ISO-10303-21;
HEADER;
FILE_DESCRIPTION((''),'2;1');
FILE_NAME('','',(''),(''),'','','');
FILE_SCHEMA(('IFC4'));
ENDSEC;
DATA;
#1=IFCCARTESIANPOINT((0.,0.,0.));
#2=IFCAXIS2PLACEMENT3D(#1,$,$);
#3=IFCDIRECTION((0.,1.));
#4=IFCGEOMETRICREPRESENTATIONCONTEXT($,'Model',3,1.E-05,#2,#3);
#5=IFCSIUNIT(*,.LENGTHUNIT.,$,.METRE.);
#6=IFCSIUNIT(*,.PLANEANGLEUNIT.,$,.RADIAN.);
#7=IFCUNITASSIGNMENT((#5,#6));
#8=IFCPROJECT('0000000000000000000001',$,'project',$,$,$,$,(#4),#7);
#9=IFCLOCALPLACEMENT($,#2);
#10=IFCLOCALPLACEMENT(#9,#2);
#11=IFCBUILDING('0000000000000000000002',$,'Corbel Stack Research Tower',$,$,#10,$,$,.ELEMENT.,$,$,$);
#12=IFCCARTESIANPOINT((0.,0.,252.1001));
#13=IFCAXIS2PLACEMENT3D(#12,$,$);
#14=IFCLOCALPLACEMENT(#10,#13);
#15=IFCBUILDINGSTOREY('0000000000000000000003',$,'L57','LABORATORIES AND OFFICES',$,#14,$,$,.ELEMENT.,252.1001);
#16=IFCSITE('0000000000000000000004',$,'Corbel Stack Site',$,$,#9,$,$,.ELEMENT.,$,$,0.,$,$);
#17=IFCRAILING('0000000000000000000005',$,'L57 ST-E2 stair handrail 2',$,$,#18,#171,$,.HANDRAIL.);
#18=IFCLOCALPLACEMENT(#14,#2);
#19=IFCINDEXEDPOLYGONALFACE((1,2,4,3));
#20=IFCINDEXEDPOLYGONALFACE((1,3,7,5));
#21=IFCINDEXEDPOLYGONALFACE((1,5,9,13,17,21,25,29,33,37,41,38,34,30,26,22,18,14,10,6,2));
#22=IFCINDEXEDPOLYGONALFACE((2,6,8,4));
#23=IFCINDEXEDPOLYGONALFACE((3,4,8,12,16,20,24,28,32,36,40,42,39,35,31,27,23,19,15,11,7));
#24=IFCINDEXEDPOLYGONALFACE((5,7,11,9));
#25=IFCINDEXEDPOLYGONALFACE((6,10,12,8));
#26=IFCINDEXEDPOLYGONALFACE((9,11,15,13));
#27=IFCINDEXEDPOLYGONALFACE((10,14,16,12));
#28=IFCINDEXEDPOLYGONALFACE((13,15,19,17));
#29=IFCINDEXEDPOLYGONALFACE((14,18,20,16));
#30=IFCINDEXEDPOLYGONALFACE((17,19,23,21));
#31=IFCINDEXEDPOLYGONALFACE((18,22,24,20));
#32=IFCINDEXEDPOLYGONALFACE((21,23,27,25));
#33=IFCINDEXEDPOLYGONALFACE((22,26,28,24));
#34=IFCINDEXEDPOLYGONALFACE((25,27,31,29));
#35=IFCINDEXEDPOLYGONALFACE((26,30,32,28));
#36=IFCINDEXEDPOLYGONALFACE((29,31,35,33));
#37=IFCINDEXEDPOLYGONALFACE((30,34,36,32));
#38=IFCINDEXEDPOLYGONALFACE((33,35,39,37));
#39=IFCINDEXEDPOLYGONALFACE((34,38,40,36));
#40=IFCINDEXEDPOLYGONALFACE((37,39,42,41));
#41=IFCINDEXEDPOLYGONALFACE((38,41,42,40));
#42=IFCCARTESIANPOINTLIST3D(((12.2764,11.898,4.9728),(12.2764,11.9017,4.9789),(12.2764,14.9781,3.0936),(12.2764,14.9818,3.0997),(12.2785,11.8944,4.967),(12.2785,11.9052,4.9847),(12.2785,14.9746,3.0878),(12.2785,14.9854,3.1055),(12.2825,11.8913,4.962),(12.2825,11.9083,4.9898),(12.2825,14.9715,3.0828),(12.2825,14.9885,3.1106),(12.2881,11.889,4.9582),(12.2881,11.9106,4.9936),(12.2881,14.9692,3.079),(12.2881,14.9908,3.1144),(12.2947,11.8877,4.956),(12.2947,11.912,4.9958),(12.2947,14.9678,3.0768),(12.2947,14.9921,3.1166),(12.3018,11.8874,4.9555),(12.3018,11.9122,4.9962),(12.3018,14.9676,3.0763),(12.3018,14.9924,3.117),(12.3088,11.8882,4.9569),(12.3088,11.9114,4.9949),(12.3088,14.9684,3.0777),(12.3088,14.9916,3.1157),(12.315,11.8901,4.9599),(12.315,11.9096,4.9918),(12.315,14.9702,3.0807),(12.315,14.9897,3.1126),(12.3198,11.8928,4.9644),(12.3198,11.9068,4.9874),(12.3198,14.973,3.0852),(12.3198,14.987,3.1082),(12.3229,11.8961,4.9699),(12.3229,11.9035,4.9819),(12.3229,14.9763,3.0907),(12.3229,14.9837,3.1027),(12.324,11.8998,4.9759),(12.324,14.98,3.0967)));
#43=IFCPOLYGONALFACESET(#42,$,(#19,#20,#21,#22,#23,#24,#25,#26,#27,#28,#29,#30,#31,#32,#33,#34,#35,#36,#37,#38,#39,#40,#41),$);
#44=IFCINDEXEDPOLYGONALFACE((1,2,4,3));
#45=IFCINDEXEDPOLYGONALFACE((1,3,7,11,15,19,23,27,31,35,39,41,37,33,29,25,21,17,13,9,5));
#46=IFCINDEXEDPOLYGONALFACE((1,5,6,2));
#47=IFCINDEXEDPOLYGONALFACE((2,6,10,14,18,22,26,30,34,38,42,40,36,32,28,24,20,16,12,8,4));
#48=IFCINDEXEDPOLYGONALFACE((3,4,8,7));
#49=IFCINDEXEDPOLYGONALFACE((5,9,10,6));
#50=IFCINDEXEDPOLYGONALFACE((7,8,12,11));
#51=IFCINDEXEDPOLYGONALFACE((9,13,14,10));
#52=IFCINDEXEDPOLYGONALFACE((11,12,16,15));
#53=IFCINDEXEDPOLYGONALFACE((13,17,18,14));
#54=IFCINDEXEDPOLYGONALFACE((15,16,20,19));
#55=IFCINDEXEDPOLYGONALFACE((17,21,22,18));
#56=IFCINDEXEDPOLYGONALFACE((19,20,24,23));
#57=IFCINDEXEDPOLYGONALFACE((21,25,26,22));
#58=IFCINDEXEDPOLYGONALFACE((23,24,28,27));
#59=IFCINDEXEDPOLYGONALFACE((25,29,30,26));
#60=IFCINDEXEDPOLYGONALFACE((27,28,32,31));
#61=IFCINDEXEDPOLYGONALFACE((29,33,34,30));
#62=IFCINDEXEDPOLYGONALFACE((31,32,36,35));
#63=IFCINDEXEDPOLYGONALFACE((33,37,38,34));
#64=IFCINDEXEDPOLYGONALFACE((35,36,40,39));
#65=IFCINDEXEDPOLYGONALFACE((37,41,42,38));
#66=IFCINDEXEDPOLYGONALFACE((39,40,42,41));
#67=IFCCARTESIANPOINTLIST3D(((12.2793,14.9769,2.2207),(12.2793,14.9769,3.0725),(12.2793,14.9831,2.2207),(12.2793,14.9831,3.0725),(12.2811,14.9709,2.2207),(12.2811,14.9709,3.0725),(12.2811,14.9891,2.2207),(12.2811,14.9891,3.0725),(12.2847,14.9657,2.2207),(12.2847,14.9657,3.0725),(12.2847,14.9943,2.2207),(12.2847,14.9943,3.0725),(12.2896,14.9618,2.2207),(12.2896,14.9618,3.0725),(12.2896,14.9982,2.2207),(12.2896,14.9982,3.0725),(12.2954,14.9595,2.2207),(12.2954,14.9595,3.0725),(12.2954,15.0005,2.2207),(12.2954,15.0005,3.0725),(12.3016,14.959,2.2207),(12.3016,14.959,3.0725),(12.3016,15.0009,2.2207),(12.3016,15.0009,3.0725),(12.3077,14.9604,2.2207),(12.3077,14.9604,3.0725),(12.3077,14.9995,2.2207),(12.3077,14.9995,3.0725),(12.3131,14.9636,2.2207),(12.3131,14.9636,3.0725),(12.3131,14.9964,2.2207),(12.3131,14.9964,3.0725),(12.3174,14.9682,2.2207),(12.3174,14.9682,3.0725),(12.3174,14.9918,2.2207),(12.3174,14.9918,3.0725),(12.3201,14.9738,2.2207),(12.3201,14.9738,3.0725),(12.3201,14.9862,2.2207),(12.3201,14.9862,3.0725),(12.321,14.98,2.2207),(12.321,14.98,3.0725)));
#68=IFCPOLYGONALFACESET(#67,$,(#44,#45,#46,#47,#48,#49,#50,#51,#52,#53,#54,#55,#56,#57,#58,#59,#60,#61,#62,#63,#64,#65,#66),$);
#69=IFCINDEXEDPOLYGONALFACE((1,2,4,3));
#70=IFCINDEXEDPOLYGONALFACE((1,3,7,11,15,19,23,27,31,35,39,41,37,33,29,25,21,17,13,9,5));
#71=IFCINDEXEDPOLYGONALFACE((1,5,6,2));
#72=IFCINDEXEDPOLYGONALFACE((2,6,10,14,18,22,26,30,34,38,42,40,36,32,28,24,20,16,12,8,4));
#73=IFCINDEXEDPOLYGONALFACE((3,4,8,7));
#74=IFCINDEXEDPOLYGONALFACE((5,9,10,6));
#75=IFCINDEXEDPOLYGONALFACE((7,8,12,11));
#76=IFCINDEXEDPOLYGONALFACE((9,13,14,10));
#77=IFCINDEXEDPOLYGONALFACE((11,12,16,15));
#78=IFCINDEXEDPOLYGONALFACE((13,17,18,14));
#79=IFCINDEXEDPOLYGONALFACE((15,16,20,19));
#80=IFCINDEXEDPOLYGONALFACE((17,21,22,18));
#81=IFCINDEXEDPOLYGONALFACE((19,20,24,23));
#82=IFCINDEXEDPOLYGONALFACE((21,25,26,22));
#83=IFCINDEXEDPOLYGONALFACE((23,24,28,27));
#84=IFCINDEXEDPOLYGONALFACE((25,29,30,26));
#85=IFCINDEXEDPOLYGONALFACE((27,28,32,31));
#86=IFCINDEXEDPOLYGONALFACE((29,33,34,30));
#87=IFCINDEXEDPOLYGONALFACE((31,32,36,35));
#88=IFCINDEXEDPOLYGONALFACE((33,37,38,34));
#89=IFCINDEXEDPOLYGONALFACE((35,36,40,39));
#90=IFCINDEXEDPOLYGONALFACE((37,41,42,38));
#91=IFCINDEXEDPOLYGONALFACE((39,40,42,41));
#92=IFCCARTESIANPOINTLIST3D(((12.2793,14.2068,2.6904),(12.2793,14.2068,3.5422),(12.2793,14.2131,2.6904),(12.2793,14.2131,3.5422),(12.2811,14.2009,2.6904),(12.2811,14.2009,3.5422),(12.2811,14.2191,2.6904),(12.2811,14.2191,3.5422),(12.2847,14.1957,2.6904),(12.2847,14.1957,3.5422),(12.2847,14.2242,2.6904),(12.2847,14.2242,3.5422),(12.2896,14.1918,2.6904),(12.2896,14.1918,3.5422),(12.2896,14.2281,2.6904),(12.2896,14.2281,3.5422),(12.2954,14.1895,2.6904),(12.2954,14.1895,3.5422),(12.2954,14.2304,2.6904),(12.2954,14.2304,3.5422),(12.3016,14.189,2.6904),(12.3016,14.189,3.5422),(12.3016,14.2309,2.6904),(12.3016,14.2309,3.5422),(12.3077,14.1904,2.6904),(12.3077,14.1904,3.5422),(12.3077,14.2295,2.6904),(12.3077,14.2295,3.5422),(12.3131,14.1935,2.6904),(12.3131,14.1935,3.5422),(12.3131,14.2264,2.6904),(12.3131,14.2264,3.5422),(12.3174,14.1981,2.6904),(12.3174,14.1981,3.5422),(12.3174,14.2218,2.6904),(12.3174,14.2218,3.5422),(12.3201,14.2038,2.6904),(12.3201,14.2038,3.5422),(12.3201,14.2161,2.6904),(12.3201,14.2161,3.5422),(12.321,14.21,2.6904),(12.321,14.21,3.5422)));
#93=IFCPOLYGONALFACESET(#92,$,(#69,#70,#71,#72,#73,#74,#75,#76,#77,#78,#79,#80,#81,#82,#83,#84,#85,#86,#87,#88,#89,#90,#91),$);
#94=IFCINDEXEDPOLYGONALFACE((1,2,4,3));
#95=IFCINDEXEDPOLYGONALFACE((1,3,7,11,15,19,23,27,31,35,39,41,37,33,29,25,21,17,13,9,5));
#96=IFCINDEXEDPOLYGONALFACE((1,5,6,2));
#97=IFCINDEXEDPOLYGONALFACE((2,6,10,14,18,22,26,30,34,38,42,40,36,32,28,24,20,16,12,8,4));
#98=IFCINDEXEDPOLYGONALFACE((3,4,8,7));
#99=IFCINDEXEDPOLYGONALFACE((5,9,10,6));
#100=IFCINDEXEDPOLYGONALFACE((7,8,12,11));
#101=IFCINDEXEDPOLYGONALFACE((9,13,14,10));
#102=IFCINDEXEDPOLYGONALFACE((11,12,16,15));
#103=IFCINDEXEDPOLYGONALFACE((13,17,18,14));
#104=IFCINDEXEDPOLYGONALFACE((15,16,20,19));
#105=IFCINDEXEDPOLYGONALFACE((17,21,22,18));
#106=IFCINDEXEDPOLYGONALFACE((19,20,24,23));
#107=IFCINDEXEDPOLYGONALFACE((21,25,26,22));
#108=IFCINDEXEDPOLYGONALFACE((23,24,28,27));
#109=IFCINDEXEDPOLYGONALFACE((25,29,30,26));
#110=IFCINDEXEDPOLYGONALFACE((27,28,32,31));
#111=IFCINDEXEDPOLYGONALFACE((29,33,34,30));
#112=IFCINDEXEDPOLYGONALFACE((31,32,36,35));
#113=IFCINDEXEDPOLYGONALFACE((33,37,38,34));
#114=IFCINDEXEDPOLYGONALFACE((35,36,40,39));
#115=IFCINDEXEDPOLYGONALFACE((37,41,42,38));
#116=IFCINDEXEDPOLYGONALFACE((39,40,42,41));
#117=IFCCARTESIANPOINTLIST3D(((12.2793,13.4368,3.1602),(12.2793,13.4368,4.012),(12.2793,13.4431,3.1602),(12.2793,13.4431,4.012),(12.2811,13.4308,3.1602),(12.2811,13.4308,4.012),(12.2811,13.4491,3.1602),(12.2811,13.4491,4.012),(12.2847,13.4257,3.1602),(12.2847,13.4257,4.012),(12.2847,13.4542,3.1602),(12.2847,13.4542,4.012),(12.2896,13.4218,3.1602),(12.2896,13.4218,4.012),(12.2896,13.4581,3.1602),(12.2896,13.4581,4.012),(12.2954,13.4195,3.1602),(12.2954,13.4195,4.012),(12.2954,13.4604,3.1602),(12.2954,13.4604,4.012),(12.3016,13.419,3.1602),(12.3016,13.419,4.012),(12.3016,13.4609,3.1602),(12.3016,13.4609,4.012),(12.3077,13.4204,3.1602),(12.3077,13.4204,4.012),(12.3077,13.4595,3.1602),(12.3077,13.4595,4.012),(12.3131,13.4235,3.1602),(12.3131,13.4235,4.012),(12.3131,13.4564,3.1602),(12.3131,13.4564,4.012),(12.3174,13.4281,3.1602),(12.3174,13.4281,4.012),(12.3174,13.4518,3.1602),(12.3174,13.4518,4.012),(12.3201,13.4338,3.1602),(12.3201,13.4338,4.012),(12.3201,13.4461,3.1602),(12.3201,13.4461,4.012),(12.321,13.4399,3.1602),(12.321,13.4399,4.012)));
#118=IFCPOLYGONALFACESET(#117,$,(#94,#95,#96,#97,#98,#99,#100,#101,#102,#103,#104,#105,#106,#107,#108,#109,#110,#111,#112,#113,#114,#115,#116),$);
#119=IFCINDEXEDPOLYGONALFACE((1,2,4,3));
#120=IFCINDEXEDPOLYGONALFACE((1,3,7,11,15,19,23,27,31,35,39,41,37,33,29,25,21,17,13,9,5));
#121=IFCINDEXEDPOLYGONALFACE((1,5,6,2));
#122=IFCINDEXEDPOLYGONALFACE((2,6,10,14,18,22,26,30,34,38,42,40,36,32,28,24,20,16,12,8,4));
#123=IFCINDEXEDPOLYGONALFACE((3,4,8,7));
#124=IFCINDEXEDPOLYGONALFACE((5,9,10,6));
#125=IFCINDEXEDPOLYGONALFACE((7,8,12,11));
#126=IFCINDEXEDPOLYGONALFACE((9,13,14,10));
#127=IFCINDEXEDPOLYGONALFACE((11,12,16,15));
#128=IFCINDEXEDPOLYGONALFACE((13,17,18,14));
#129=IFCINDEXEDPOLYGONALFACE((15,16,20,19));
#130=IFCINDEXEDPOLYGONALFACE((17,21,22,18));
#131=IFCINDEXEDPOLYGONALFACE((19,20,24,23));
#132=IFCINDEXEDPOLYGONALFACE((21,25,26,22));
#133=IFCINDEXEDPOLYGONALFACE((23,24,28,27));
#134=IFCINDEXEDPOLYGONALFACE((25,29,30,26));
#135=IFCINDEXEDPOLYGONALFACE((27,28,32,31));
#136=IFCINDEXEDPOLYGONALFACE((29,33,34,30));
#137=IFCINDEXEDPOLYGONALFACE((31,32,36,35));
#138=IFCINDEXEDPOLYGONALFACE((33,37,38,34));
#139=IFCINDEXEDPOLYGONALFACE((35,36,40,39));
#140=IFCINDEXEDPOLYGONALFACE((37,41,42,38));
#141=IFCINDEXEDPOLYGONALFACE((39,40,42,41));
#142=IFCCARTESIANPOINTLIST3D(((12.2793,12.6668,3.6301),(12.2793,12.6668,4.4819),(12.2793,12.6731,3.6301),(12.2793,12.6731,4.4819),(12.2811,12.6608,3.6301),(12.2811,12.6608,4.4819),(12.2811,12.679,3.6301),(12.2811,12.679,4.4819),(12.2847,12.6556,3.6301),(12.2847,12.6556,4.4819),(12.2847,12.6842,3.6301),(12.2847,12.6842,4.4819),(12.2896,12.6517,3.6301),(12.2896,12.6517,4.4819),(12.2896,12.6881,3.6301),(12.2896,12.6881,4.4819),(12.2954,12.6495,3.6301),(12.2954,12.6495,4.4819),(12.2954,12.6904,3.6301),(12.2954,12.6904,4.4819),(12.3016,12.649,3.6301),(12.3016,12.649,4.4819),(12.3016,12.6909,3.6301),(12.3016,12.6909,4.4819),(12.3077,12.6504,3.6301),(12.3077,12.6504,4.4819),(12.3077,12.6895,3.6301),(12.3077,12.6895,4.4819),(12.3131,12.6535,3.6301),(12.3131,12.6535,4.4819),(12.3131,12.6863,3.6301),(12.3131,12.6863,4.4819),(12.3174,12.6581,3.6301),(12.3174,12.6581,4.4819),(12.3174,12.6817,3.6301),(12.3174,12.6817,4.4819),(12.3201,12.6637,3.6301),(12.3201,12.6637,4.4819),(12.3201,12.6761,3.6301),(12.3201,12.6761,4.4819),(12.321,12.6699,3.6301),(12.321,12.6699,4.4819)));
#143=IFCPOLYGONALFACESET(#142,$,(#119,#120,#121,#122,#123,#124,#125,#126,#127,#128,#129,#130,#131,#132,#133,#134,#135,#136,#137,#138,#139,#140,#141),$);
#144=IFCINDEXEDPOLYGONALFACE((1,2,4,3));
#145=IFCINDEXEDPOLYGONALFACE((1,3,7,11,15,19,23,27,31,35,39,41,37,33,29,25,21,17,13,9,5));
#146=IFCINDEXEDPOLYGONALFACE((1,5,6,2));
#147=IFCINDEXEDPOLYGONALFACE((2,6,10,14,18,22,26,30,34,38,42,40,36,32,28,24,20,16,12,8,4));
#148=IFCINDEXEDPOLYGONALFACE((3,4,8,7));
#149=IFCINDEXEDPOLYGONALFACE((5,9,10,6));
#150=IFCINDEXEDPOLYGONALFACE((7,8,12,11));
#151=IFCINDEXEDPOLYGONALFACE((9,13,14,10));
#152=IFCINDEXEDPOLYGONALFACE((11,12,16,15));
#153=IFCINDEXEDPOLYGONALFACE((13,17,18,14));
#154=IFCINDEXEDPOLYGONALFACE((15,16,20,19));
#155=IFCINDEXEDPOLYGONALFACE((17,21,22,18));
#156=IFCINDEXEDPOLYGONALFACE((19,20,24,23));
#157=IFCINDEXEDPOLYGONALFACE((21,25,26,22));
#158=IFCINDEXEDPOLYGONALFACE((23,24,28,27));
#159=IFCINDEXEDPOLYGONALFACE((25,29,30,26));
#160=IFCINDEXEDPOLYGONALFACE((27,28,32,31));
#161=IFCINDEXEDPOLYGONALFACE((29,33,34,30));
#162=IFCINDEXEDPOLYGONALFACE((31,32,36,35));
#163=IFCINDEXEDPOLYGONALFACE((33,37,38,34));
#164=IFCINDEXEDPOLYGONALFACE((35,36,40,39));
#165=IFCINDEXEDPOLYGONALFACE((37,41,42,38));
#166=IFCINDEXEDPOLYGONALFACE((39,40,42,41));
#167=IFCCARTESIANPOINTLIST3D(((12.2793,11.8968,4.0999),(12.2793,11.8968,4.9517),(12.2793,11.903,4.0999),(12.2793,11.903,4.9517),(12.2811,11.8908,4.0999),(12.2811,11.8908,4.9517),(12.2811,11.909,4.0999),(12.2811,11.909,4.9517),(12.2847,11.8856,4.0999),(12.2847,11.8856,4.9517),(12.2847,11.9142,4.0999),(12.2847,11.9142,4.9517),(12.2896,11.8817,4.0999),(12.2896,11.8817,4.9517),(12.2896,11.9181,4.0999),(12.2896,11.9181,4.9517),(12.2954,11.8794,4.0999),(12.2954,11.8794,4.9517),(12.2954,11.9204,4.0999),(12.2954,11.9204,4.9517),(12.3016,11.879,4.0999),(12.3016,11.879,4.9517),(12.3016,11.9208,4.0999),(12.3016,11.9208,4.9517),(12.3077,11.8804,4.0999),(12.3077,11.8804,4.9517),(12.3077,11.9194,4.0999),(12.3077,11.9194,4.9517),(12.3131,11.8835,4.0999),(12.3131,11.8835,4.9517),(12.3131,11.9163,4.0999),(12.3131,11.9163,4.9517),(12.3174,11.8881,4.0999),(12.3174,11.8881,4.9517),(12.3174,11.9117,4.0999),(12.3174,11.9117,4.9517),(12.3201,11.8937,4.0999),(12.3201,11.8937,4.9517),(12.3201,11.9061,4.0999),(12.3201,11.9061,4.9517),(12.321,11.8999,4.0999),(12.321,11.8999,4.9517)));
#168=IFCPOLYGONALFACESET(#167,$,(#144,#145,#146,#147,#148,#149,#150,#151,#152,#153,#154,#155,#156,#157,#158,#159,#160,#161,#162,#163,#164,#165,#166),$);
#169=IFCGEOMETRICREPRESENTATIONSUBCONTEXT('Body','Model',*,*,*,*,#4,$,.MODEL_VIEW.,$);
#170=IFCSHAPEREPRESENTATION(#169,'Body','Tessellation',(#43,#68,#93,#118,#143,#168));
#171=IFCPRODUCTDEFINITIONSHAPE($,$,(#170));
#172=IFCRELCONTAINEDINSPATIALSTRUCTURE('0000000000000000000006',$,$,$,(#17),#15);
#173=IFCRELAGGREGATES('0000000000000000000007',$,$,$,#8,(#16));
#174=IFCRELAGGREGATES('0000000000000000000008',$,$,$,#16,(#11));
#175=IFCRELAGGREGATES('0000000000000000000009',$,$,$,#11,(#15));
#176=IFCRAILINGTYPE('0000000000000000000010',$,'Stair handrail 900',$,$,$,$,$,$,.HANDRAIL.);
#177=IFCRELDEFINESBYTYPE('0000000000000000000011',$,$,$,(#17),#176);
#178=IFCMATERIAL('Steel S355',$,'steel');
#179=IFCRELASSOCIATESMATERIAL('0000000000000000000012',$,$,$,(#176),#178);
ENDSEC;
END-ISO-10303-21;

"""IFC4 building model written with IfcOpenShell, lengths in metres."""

from ifc_helpers import new_model, si_unit, direction, frame, origin, origin_2d, place, context, subcontext, project, spatial, circle, extrude, material, type_object, element, save


model = new_model("IFC4")

# Units and contexts
model_context = context("Model", 3, precision=1e-05, world=origin(), true_north=direction((0.0, 1.0)))
body_context = subcontext(model_context, "Body", "Model", "MODEL_VIEW")
ifc_project = project(units=[si_unit("LENGTHUNIT", "METRE"), si_unit("PLANEANGLEUNIT", "RADIAN")], contexts=[model_context])

# Site, building, storey
site_placement = place(None, origin())
site = spatial("IfcSite", under=ifc_project, at=site_placement, Name="Corbel Stack Site", CompositionType="ELEMENT", RefElevation=0.0)
building_placement = place(site_placement, origin())
building = spatial("IfcBuilding", under=site, at=building_placement, Name="Corbel Stack Research Tower", CompositionType="ELEMENT")
storey_placement = place(building_placement, frame((0.0, 0.0, 252.1001)))
storey = spatial("IfcBuildingStorey", under=building, at=storey_placement, Name="L57", Description="LABORATORIES AND OFFICES", CompositionType="ELEMENT", Elevation=252.1001)

# Railing
ifc_material_1 = material(Name="Steel S355", Category="steel")
railing_type_1 = type_object("IfcRailingType", Name="Stair handrail 900", PredefinedType="HANDRAIL", material=ifc_material_1)
railing_1_placement = place(storey_placement, frame((12.3, 14.98, 2.2207)))
element("IfcRailing", 1, at=railing_1_placement, inside=storey, type_object=railing_type_1, Name="L57 ST-E2 stair handrail 2", PredefinedType="HANDRAIL", context=body_context, shape_type="SweptSolid", body=[
    extrude(circle(Radius=0.0239, at=origin_2d()), frame((0.0, 0.0, 0.876), z_axis=(0.0, -0.853666, 0.52082), x_axis=(1.0, 0.0, 0.0)), (0.0, 0.0, 1.0), 3.6082),
    extrude(circle(Radius=0.021, at=origin_2d()), origin(), (0.0, 0.0, 1.0), 0.8518),
    extrude(circle(Radius=0.021, at=origin_2d()), frame((0.0, -0.77, 0.4697)), (0.0, 0.0, 1.0), 0.8518),
    extrude(circle(Radius=0.021, at=origin_2d()), frame((0.0, -1.54, 0.9395)), (0.0, 0.0, 1.0), 0.8518),
    extrude(circle(Radius=0.021, at=origin_2d()), frame((0.0, -2.3101, 1.4094)), (0.0, 0.0, 1.0), 0.8518),
    extrude(circle(Radius=0.021, at=origin_2d()), frame((0.0, -3.0801, 1.8792)), (0.0, 0.0, 1.0), 0.8518),
])

save(model, "model.ifc")
